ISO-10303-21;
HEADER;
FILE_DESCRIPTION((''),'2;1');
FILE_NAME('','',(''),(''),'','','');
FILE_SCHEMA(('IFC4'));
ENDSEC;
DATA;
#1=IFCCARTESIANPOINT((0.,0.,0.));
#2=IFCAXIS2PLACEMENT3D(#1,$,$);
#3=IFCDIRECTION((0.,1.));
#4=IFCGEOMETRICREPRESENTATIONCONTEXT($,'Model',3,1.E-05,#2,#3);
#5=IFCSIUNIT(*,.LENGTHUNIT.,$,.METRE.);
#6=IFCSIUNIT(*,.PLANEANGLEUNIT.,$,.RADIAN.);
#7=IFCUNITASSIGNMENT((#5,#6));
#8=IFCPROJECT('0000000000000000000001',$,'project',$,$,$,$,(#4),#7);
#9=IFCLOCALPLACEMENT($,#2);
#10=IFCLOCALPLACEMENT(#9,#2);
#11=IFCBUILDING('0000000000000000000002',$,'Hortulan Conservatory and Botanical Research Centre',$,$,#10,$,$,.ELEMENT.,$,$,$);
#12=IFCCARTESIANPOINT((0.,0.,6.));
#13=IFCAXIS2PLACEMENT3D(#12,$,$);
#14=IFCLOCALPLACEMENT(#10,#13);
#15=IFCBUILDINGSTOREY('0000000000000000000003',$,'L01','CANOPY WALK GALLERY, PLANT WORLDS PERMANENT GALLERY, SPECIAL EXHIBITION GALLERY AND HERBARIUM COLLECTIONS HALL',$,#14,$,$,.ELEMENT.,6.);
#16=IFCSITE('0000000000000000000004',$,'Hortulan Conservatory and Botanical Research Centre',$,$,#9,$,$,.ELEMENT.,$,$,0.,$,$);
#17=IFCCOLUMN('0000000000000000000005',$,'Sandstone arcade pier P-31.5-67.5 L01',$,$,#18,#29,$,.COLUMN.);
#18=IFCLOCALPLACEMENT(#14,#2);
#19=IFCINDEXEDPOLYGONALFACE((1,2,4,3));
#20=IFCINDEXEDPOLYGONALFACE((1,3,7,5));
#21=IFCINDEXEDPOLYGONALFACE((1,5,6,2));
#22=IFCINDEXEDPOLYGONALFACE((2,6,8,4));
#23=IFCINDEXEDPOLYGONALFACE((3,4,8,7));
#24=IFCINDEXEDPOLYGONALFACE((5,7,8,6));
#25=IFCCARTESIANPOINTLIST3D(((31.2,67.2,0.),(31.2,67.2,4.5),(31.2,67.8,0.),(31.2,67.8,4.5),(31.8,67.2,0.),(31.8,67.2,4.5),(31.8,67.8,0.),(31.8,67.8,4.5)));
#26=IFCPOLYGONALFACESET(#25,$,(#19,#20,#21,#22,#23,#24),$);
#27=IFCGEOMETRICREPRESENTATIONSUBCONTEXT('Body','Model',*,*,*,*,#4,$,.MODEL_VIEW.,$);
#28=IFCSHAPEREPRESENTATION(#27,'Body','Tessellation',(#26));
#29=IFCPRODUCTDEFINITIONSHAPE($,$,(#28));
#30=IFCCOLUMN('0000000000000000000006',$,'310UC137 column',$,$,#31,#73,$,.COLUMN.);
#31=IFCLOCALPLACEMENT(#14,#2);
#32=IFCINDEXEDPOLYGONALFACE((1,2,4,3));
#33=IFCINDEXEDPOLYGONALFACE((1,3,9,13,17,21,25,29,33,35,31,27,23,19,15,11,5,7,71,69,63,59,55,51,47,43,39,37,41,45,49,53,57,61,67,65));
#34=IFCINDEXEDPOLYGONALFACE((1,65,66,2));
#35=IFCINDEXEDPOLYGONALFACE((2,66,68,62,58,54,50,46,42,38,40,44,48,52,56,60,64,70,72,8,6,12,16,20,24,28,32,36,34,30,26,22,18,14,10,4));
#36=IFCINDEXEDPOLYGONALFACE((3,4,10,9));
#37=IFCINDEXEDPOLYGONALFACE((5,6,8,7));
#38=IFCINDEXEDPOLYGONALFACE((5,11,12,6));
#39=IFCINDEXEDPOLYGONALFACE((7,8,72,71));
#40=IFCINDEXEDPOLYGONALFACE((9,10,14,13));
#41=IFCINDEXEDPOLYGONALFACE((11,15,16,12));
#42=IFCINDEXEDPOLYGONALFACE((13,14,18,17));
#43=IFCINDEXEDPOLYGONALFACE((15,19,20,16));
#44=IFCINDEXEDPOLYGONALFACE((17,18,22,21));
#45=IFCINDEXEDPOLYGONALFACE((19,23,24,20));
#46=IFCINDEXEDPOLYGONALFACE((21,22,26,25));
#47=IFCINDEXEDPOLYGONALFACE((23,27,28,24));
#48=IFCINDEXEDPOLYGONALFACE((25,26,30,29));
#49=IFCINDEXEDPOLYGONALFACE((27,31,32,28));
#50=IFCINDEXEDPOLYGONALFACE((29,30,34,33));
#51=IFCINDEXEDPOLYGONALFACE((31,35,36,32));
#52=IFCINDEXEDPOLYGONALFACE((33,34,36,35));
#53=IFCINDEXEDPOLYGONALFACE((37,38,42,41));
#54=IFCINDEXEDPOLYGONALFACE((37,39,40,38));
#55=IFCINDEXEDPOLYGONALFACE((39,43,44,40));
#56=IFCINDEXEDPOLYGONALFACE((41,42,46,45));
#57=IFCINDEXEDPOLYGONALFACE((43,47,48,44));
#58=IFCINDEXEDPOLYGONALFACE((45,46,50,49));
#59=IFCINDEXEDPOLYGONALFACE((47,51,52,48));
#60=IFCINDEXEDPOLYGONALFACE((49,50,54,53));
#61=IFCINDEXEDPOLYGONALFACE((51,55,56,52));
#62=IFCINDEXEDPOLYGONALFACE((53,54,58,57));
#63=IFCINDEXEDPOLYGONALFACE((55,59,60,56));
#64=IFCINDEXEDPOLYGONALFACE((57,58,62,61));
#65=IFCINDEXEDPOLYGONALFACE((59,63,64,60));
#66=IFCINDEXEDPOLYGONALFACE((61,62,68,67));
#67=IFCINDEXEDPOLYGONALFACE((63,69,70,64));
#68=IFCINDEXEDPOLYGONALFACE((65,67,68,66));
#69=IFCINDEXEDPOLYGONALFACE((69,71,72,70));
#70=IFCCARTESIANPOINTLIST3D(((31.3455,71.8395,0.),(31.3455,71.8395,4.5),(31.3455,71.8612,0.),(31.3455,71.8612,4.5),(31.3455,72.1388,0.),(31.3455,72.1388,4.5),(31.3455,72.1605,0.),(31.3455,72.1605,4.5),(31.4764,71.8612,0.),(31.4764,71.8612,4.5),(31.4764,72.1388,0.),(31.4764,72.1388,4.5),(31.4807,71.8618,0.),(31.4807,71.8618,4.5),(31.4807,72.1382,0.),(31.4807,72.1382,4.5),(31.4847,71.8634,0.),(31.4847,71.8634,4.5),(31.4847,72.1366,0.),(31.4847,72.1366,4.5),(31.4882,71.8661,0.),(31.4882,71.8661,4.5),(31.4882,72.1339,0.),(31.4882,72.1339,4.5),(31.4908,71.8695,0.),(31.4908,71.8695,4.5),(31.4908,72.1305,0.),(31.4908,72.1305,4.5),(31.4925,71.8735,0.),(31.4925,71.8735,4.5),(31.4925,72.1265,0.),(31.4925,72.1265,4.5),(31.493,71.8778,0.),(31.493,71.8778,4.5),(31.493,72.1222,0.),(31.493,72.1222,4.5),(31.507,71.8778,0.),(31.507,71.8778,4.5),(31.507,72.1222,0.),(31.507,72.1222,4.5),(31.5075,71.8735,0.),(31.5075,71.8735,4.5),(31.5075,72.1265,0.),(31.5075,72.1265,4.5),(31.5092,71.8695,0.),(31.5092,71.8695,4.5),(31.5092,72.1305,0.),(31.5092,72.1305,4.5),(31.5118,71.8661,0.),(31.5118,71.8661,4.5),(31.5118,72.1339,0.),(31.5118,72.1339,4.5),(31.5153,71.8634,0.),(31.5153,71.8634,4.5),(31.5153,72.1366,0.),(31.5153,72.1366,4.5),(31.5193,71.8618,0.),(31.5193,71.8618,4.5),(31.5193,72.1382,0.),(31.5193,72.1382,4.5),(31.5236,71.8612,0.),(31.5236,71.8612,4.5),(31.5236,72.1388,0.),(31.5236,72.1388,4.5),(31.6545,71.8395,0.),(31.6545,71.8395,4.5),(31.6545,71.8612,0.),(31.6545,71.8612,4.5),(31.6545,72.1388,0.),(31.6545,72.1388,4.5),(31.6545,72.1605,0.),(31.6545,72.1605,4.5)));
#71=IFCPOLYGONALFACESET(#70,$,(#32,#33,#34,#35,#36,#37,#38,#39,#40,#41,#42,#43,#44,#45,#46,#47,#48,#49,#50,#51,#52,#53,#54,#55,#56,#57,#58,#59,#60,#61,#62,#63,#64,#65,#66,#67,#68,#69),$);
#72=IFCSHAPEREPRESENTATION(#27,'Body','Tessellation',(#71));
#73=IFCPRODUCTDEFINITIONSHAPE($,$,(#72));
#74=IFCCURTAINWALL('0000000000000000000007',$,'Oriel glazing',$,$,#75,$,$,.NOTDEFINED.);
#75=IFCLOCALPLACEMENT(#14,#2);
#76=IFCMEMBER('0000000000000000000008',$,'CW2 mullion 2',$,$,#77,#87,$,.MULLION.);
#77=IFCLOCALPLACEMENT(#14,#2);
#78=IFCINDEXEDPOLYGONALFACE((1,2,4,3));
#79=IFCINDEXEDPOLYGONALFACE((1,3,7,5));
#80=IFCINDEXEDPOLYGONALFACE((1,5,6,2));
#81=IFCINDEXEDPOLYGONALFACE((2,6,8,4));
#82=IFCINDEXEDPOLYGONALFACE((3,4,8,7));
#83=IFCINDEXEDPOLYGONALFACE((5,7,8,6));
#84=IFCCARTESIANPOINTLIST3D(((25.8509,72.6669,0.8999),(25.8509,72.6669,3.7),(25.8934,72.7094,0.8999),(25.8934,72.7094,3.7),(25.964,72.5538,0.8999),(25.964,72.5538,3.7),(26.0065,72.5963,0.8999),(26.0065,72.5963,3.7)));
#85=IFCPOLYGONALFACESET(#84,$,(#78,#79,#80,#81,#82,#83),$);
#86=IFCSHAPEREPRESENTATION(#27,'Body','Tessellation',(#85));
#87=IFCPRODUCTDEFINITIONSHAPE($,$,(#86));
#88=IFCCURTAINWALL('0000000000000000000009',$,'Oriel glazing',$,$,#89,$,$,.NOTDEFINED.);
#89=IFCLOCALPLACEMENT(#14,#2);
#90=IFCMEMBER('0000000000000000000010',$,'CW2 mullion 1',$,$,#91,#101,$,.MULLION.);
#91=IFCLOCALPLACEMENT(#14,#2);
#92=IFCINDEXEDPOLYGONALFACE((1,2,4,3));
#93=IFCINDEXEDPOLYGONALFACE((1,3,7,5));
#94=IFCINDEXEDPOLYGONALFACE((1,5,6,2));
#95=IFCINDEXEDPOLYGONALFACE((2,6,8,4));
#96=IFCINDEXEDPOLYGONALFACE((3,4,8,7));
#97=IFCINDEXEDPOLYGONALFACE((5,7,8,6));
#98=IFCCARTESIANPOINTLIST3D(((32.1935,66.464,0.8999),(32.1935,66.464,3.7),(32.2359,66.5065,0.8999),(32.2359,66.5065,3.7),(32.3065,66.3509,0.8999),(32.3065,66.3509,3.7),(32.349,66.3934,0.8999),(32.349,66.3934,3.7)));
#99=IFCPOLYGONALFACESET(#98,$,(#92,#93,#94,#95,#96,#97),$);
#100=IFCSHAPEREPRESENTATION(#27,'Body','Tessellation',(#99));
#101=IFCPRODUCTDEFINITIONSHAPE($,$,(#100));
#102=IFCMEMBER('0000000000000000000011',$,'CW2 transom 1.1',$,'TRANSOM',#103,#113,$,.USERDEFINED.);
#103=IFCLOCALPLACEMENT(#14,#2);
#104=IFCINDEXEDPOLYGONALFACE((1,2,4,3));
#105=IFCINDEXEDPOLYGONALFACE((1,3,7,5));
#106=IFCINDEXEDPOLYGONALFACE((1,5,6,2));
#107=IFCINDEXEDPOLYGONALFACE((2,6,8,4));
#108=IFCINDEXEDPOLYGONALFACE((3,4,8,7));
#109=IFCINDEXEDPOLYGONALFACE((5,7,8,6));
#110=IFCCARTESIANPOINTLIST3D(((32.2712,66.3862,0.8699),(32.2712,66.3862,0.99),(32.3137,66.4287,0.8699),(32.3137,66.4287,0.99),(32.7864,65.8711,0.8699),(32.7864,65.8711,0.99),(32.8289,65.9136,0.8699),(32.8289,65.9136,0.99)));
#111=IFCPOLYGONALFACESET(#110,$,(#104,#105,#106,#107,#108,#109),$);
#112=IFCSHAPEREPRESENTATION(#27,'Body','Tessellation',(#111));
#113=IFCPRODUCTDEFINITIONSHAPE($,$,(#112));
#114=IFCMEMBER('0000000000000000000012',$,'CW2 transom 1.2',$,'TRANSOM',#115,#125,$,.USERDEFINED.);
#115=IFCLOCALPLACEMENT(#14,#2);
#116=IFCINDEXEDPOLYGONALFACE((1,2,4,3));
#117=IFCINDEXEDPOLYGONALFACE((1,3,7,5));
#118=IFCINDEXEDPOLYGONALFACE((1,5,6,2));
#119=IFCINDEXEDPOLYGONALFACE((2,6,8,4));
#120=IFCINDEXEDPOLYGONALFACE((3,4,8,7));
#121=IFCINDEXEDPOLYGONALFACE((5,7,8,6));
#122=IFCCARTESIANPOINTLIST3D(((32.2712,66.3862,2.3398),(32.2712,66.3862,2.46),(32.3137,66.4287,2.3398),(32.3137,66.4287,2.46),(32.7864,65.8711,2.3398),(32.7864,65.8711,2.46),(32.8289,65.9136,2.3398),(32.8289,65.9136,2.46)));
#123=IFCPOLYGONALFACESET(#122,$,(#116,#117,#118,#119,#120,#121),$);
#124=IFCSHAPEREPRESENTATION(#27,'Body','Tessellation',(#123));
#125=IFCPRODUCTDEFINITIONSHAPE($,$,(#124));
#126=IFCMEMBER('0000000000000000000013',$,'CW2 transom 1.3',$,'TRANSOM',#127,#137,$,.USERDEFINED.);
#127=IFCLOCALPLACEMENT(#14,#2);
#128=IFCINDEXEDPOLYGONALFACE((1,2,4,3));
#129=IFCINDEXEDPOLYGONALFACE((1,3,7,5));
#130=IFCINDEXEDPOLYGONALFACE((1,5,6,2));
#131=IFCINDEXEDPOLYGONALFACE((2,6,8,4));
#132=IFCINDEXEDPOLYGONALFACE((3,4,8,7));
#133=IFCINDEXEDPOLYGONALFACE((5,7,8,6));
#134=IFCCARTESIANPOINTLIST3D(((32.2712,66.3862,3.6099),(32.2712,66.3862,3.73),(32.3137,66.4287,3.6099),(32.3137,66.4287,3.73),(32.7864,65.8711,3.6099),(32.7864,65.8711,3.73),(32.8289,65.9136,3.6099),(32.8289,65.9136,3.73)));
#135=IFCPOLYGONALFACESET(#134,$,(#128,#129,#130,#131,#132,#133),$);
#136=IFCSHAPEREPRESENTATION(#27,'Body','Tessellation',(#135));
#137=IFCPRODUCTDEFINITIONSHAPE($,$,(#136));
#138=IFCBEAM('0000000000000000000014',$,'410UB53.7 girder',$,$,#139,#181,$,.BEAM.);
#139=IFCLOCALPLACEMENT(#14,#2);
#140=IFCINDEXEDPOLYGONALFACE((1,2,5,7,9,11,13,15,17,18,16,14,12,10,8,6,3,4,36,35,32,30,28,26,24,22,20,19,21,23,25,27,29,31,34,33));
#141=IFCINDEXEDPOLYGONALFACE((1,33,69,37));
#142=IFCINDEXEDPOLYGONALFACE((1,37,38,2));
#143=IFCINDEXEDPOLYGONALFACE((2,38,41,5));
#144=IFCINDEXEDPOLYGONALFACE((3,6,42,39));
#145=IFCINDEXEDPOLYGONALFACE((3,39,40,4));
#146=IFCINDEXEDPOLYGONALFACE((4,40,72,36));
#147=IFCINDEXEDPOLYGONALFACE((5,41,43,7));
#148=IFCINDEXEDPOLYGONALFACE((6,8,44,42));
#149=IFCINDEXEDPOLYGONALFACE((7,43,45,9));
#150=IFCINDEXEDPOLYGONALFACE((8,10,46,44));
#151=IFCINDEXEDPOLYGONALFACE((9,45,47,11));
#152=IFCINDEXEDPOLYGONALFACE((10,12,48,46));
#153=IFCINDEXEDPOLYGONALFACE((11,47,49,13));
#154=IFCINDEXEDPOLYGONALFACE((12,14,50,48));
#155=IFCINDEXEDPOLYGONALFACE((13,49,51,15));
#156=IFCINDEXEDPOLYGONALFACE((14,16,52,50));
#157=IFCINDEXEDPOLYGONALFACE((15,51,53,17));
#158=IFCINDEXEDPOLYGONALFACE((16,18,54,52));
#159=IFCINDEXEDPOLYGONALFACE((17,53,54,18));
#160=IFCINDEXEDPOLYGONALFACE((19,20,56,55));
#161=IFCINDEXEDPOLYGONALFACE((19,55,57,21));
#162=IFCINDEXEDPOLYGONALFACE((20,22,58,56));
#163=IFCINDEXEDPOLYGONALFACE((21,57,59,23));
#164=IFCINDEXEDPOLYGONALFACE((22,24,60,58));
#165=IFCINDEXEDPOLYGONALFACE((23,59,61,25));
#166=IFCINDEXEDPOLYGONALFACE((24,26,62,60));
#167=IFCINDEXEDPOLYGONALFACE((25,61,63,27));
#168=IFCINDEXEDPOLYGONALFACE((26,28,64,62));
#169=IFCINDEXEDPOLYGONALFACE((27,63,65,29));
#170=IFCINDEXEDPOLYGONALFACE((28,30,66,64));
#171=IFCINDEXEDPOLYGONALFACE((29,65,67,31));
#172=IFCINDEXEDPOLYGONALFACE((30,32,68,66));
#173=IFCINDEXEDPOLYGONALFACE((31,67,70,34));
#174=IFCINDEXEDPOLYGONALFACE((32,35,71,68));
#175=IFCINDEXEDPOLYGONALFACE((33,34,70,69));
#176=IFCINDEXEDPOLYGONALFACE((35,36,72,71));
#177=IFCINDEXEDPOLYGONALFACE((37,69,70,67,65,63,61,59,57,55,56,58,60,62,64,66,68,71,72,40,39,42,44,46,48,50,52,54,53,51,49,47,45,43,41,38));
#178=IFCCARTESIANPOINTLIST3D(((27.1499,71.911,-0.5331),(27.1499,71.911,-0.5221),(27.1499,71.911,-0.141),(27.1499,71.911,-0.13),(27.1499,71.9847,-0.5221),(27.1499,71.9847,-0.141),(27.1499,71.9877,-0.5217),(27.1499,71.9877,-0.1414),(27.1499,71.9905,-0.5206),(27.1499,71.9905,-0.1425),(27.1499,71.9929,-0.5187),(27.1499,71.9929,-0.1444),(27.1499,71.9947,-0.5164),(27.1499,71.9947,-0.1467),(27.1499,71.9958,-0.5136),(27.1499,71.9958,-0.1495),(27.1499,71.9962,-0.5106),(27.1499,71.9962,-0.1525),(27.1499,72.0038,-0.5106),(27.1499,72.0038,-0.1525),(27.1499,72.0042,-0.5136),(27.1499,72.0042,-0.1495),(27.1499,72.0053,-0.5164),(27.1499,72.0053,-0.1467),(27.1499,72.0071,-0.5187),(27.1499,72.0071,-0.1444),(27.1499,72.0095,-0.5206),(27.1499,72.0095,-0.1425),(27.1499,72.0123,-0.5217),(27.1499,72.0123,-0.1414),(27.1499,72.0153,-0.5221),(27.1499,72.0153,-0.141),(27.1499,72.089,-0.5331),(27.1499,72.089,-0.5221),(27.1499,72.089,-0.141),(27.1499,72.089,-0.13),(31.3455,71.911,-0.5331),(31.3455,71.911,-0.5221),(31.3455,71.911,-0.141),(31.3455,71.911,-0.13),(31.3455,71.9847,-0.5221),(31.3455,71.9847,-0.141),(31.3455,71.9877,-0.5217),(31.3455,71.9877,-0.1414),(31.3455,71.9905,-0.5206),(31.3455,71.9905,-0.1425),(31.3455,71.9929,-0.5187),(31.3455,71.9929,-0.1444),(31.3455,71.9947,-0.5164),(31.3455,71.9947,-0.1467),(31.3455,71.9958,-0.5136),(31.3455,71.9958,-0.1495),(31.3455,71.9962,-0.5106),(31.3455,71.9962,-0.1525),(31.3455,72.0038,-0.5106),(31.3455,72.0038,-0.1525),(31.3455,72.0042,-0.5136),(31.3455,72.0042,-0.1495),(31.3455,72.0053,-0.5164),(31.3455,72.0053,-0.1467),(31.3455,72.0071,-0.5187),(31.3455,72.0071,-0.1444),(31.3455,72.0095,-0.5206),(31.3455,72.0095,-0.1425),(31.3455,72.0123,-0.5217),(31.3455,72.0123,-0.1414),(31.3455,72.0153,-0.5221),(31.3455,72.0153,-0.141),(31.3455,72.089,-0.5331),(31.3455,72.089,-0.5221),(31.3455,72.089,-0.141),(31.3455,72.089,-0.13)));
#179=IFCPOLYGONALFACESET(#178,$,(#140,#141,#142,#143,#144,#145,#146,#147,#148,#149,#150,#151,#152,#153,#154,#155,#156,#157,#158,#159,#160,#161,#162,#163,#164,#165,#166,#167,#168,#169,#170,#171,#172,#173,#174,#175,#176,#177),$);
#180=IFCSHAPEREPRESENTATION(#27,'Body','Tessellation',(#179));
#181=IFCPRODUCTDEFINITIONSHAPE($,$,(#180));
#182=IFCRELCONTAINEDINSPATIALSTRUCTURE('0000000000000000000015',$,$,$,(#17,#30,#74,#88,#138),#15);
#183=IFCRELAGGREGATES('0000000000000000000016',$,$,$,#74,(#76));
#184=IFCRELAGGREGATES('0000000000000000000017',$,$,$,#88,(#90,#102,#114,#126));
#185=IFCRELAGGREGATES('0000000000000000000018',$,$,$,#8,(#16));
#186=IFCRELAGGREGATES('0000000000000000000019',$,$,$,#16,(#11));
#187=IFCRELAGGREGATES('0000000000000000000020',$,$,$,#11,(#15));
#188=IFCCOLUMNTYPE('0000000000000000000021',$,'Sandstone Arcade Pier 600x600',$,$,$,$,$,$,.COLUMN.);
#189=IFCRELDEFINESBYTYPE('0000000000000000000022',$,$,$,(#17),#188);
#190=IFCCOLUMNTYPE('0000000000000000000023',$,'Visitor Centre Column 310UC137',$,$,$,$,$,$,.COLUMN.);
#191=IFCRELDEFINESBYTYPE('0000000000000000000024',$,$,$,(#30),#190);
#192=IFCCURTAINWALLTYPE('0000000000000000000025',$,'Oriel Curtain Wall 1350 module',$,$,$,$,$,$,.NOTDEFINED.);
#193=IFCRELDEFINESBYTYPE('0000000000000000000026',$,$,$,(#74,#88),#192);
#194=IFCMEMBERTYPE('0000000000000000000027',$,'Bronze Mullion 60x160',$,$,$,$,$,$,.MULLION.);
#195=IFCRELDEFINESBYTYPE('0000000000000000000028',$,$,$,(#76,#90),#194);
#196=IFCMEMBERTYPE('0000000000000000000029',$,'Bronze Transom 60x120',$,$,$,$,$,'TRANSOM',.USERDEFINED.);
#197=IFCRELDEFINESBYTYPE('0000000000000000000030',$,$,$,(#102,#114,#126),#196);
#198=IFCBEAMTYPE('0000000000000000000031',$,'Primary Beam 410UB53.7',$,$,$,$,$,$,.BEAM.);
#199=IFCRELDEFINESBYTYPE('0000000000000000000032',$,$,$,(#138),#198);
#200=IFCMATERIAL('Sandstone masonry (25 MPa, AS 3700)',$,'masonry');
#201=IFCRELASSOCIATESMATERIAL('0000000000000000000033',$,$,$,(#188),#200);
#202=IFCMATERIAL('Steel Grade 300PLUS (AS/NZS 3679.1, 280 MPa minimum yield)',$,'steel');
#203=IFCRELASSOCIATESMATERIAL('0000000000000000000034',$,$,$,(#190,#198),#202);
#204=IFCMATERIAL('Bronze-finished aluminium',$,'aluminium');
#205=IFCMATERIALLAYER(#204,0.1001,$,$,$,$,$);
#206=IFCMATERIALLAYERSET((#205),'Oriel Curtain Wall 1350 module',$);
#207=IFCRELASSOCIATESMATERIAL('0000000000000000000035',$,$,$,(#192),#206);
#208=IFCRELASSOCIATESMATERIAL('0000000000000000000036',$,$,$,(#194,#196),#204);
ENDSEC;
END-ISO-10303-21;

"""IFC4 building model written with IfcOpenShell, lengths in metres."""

from ifc_helpers import new_model, si_unit, direction, frame, origin, origin_2d, place, context, subcontext, project, spatial, rectangle, i_section, extrude, material, layer, layer_set, material_profile, profile_set, type_object, element, aggregate, save


model = new_model("IFC4")

# Units and contexts
model_context = context("Model", 3, precision=1e-05, world=origin(), true_north=direction((0.0, 1.0)))
body_context = subcontext(model_context, "Body", "Model", "MODEL_VIEW")
ifc_project = project(units=[si_unit("LENGTHUNIT", "METRE"), si_unit("PLANEANGLEUNIT", "RADIAN")], contexts=[model_context])

# Site, building, storey
site_placement = place(None, origin())
site = spatial("IfcSite", under=ifc_project, at=site_placement, Name="Hortulan Conservatory and Botanical Research Centre", CompositionType="ELEMENT", RefElevation=0.0)
building_placement = place(site_placement, origin())
building = spatial("IfcBuilding", under=site, at=building_placement, Name="Hortulan Conservatory and Botanical Research Centre", CompositionType="ELEMENT")
storey_placement = place(building_placement, frame((0.0, 0.0, 6.0)))
storey = spatial("IfcBuildingStorey", under=building, at=storey_placement, Name="L01", Description="CANOPY WALK GALLERY, PLANT WORLDS PERMANENT GALLERY, SPECIAL EXHIBITION GALLERY AND HERBARIUM COLLECTIONS HALL", CompositionType="ELEMENT", Elevation=6.0)

# Columns
ifc_material_1 = material(Name="Sandstone masonry (25 MPa, AS 3700)", Category="masonry")
ifc_material_profile_1 = material_profile(ifc_material_1, rectangle(XDim=0.6001, YDim=0.6001, at=origin_2d()), Name="Square pier 600")
ifc_profile_set_1 = profile_set([ifc_material_profile_1], Name="Sandstone masonry (25 MPa, AS 3700)")
column_type_1 = type_object("IfcColumnType", Name="Sandstone Arcade Pier 600x600", PredefinedType="COLUMN", material=ifc_profile_set_1)
column_1_placement = place(storey_placement, frame((31.5, 67.5, 0.0), z_axis=(0.0, 0.0, 1.0), x_axis=(1.0, 0.0, 0.0)))
element("IfcColumn", 1, at=column_1_placement, inside=storey, type_object=column_type_1, Name="Sandstone arcade pier P-31.5-67.5 L01", PredefinedType="COLUMN", context=body_context, shape_type="SweptSolid", body=[
    extrude(rectangle(XDim=0.6001, YDim=0.6001, at=origin_2d()), origin(), (0.0, 0.0, 1.0), 4.5),
])
ifc_material_2 = material(Name="Steel Grade 300PLUS (AS/NZS 3679.1, 280 MPa minimum yield)", Category="steel")
ifc_material_profile_2 = material_profile(ifc_material_2, i_section(OverallWidth=0.3091, OverallDepth=0.321, WebThickness=0.0139, FlangeThickness=0.0217, FilletRadius=0.0166, at=origin_2d()), Name="310UC137")
ifc_profile_set_2 = profile_set([ifc_material_profile_2], Name="Steel Grade 300PLUS (AS/NZS 3679.1, 280 MPa minimum yield)")
column_type_2 = type_object("IfcColumnType", Name="Visitor Centre Column 310UC137", PredefinedType="COLUMN", material=ifc_profile_set_2)
column_2_placement = place(storey_placement, frame((31.5, 72.0, 0.0), z_axis=(0.0, 0.0, 1.0), x_axis=(1.0, 0.0, 0.0)))
element("IfcColumn", 2, at=column_2_placement, inside=storey, type_object=column_type_2, Name="310UC137 column", PredefinedType="COLUMN", context=body_context, shape_type="SweptSolid", body=[
    extrude(i_section(OverallWidth=0.3091, OverallDepth=0.321, WebThickness=0.0139, FlangeThickness=0.0217, FilletRadius=0.0166, at=origin_2d()), origin(), (0.0, 0.0, 1.0), 4.5),
])

# Curtain wall, member
ifc_material_3 = material(Name="Bronze-finished aluminium", Category="aluminium")
ifc_layer_1 = layer(ifc_material_3, 0.1001)
ifc_layer_set_1 = layer_set([ifc_layer_1], Name="Oriel Curtain Wall 1350 module")
curtain_wall_type = type_object("IfcCurtainWallType", Name="Oriel Curtain Wall 1350 module", PredefinedType="NOTDEFINED", material=ifc_layer_set_1)
curtain_wall_1_placement = place(storey_placement, origin())
curtain_wall_1 = element("IfcCurtainWall", 3, at=curtain_wall_1_placement, inside=storey, type_object=curtain_wall_type, Name="Oriel glazing", PredefinedType="NOTDEFINED")
ifc_material_profile_3 = material_profile(ifc_material_3, rectangle(XDim=0.0601, YDim=0.1599, at=origin_2d()), Name="Bronze Mullion 60x160")
ifc_profile_set_3 = profile_set([ifc_material_profile_3], Name="Bronze-finished aluminium")
member_type_1 = type_object("IfcMemberType", Name="Bronze Mullion 60x160", PredefinedType="MULLION", material=ifc_profile_set_3)
member_1_placement = place(storey_placement, frame((25.9287, 72.6316, 0.8999), z_axis=(0.0, 0.0, 1.0), x_axis=(0.707107, 0.707107, 0.0)))
member_1 = element("IfcMember", 4, at=member_1_placement, type_object=member_type_1, Name="CW2 mullion 2", PredefinedType="MULLION", context=body_context, shape_type="SweptSolid", body=[
    extrude(rectangle(XDim=0.0601, YDim=0.1599, at=origin_2d()), origin(), (0.0, 0.0, 1.0), 2.8),
])
aggregate(curtain_wall_1, [member_1])

# Curtain wall, members
curtain_wall_2_placement = place(storey_placement, origin())
curtain_wall_2 = element("IfcCurtainWall", 5, at=curtain_wall_2_placement, inside=storey, type_object=curtain_wall_type, Name="Oriel glazing", PredefinedType="NOTDEFINED")
member_2_placement = place(storey_placement, frame((32.2712, 66.4287, 0.8999), z_axis=(0.0, 0.0, 1.0), x_axis=(0.707107, 0.707107, 0.0)))
member_2 = element("IfcMember", 6, at=member_2_placement, type_object=member_type_1, Name="CW2 mullion 1", PredefinedType="MULLION", context=body_context, shape_type="SweptSolid", body=[
    extrude(rectangle(XDim=0.0601, YDim=0.1599, at=origin_2d()), origin(), (0.0, 0.0, 1.0), 2.8),
])
ifc_material_profile_4 = material_profile(ifc_material_3, rectangle(XDim=0.0601, YDim=0.1201, at=origin_2d()), Name="Bronze Transom 60x120")
ifc_profile_set_4 = profile_set([ifc_material_profile_4], Name="Bronze-finished aluminium")
member_type_2 = type_object("IfcMemberType", Name="Bronze Transom 60x120", ElementType="TRANSOM", PredefinedType="USERDEFINED", material=ifc_profile_set_4)
member_3_placement = place(storey_placement, frame((32.2925, 66.4075, 0.9299), z_axis=(0.707107, -0.707107, 0.0), x_axis=(0.707107, 0.707107, 0.0)))
member_3 = element("IfcMember", 7, at=member_3_placement, type_object=member_type_2, Name="CW2 transom 1.1", ObjectType="TRANSOM", PredefinedType="USERDEFINED", context=body_context, shape_type="SweptSolid", body=[
    extrude(rectangle(XDim=0.0601, YDim=0.1201, at=origin_2d()), origin(), (0.0, 0.0, 1.0), 0.7285),
])
member_4_placement = place(storey_placement, frame((32.2925, 66.4075, 2.3999), z_axis=(0.707107, -0.707107, 0.0), x_axis=(0.707107, 0.707107, 0.0)))
member_4 = element("IfcMember", 8, at=member_4_placement, type_object=member_type_2, Name="CW2 transom 1.2", ObjectType="TRANSOM", PredefinedType="USERDEFINED", context=body_context, shape_type="SweptSolid", body=[
    extrude(rectangle(XDim=0.0601, YDim=0.1201, at=origin_2d()), origin(), (0.0, 0.0, 1.0), 0.7285),
])
member_5_placement = place(storey_placement, frame((32.2925, 66.4075, 3.6699), z_axis=(0.707107, -0.707107, 0.0), x_axis=(0.707107, 0.707107, 0.0)))
member_5 = element("IfcMember", 9, at=member_5_placement, type_object=member_type_2, Name="CW2 transom 1.3", ObjectType="TRANSOM", PredefinedType="USERDEFINED", context=body_context, shape_type="SweptSolid", body=[
    extrude(rectangle(XDim=0.0601, YDim=0.1201, at=origin_2d()), origin(), (0.0, 0.0, 1.0), 0.7285),
])

# Beam
ifc_material_profile_5 = material_profile(ifc_material_2, i_section(OverallWidth=0.178, OverallDepth=0.4031, WebThickness=0.0076, FlangeThickness=0.011, FilletRadius=0.0115, at=origin_2d()), Name="410UB53.7")
ifc_profile_set_5 = profile_set([ifc_material_profile_5], Name="Steel Grade 300PLUS (AS/NZS 3679.1, 280 MPa minimum yield)")
beam_type_1 = type_object("IfcBeamType", Name="Primary Beam 410UB53.7", PredefinedType="BEAM", material=ifc_profile_set_5)
beam_1_placement = place(storey_placement, frame((27.1499, 72.0, -0.3315), z_axis=(1.0, 0.0, 0.0), x_axis=(0.0, 1.0, 0.0)))
element("IfcBeam", 10, at=beam_1_placement, inside=storey, type_object=beam_type_1, Name="410UB53.7 girder", PredefinedType="BEAM", context=body_context, shape_type="SweptSolid", body=[
    extrude(i_section(OverallWidth=0.178, OverallDepth=0.4031, WebThickness=0.0076, FlangeThickness=0.011, FilletRadius=0.0115, at=origin_2d()), origin(), (0.0, 0.0, 1.0), 4.1956),
])

aggregate(curtain_wall_2, [member_2, member_3, member_4, member_5])

save(model, "model.ifc")
